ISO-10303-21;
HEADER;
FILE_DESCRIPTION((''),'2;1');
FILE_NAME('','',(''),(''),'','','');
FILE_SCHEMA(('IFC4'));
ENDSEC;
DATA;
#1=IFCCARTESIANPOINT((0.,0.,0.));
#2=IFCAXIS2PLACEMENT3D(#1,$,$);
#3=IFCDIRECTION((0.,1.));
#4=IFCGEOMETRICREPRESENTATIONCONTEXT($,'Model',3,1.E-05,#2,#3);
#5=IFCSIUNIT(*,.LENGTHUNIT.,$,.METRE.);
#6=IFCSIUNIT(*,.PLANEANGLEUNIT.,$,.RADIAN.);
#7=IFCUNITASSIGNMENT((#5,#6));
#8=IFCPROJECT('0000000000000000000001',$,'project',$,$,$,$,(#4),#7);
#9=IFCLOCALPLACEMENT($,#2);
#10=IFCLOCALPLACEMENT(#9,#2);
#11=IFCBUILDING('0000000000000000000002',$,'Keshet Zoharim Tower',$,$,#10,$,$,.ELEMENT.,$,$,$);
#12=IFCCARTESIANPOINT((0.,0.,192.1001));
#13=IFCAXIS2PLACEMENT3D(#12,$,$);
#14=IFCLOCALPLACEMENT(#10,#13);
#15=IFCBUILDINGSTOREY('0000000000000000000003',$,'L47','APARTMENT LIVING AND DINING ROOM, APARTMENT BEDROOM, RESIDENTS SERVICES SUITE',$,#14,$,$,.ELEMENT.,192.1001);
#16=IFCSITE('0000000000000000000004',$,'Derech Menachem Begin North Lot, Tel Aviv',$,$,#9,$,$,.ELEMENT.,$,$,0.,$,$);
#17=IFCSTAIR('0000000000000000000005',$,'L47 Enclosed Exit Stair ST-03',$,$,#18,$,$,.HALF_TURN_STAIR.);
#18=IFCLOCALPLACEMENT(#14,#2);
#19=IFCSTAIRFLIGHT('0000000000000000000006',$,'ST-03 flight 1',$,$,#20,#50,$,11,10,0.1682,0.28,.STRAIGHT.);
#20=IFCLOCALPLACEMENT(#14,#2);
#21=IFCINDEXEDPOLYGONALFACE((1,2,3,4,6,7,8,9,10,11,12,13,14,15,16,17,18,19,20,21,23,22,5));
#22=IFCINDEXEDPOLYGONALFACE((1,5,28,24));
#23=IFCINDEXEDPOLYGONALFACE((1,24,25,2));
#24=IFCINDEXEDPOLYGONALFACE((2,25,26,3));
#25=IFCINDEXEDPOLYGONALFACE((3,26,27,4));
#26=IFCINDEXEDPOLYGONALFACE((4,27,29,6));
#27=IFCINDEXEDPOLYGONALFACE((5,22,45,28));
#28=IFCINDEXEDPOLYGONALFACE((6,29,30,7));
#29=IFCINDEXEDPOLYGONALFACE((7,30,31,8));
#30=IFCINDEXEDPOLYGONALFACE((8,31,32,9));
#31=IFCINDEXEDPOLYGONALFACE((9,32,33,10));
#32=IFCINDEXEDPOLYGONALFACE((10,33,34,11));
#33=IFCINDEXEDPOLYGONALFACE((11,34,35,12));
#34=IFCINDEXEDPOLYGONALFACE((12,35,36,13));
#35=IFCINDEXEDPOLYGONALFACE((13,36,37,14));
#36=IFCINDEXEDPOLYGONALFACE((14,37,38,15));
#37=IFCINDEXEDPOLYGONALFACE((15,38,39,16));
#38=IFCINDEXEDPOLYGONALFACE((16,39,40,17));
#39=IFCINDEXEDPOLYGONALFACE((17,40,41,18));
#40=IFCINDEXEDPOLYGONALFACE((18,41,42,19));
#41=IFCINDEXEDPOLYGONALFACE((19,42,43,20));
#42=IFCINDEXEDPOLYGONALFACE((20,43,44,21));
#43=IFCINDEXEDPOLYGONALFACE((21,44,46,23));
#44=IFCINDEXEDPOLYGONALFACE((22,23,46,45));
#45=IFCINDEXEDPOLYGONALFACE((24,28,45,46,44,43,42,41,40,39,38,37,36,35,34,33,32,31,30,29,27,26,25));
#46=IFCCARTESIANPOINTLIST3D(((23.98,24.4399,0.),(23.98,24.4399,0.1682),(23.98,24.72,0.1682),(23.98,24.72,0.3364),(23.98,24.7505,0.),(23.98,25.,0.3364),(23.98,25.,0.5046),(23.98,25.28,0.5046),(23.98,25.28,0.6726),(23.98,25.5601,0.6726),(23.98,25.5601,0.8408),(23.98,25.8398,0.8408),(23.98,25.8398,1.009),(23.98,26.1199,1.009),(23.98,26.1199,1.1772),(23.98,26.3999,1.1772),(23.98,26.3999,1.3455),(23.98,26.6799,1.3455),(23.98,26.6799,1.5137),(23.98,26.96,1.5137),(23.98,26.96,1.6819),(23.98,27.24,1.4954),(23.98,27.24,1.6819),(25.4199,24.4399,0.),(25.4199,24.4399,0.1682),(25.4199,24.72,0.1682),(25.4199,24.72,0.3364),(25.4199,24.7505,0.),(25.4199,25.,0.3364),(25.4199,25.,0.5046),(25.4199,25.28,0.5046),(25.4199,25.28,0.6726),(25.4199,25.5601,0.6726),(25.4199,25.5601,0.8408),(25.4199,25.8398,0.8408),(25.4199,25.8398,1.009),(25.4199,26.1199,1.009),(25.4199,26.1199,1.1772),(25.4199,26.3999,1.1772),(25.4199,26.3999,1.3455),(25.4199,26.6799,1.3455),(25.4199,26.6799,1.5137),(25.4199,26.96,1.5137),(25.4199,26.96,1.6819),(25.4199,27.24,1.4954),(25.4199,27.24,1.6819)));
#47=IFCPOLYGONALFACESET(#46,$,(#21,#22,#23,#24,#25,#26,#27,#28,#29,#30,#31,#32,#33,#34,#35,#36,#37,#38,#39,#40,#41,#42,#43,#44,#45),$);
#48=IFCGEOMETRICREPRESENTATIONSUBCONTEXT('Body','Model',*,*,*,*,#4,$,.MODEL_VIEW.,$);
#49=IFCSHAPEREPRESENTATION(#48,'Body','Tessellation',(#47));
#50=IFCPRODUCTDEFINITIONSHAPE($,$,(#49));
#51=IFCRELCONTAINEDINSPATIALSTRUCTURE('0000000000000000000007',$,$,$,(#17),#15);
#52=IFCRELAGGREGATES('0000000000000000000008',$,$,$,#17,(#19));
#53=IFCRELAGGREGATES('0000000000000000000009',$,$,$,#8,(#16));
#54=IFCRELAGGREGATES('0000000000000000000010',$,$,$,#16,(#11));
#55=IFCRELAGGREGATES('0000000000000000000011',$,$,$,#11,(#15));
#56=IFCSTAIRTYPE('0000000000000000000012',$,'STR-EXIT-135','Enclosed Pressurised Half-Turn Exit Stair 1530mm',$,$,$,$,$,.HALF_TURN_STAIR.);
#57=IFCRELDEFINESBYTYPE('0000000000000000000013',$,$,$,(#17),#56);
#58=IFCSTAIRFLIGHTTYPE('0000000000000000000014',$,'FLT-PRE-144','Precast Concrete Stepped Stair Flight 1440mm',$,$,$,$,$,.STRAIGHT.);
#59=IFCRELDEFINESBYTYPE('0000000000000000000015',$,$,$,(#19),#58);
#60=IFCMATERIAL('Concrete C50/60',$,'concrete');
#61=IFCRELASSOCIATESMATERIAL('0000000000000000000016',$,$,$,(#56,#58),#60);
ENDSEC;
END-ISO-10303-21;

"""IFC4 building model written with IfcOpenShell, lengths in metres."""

from ifc_helpers import new_model, si_unit, direction, frame, origin, place, context, subcontext, project, spatial, polyline, outline, extrude, material, type_object, element, aggregate, save


model = new_model("IFC4")

# Units and contexts
model_context = context("Model", 3, precision=1e-05, world=origin(), true_north=direction((0.0, 1.0)))
body_context = subcontext(model_context, "Body", "Model", "MODEL_VIEW")
ifc_project = project(units=[si_unit("LENGTHUNIT", "METRE"), si_unit("PLANEANGLEUNIT", "RADIAN")], contexts=[model_context])

# Site, building, storey
site_placement = place(None, origin())
site = spatial("IfcSite", under=ifc_project, at=site_placement, Name="Derech Menachem Begin North Lot, Tel Aviv", CompositionType="ELEMENT", RefElevation=0.0)
building_placement = place(site_placement, origin())
building = spatial("IfcBuilding", under=site, at=building_placement, Name="Keshet Zoharim Tower", CompositionType="ELEMENT")
storey_placement = place(building_placement, frame((0.0, 0.0, 192.1001)))
storey = spatial("IfcBuildingStorey", under=building, at=storey_placement, Name="L47", Description="APARTMENT LIVING AND DINING ROOM, APARTMENT BEDROOM, RESIDENTS SERVICES SUITE", CompositionType="ELEMENT", Elevation=192.1001)

# Shared definitions
ifc_material_1 = material(Name="Concrete C50/60", Category="concrete")

# Stair, stair flight
stair_type = type_object("IfcStairType", Name="STR-EXIT-135", Description="Enclosed Pressurised Half-Turn Exit Stair 1530mm", PredefinedType="HALF_TURN_STAIR", material=ifc_material_1)
stair_1_placement = place(storey_placement, origin())
stair_1 = element("IfcStair", 1, at=stair_1_placement, inside=storey, type_object=stair_type, Name="L47 Enclosed Exit Stair ST-03", PredefinedType="HALF_TURN_STAIR")
stair_flight_type_1 = type_object("IfcStairFlightType", Name="FLT-PRE-144", Description="Precast Concrete Stepped Stair Flight 1440mm", PredefinedType="STRAIGHT", material=ifc_material_1)
stair_flight_1_placement = place(storey_placement, frame((24.7, 24.4399, 0.0), z_axis=(0.0, 0.0, 1.0), x_axis=(0.0, 1.0, 0.0)))
stair_flight_1 = element("IfcStairFlight", 2, at=stair_flight_1_placement, type_object=stair_flight_type_1, Name="ST-03 flight 1", NumberOfRisers=11, NumberOfTreads=10, PredefinedType="STRAIGHT", RiserHeight=0.1682, TreadLength=0.28, context=body_context, shape_type="SweptSolid", body=[
    extrude(outline(polyline([(0.0, 0.0), (0.0, 0.1682), (0.28, 0.1682), (0.28, 0.3364), (0.5601, 0.3364), (0.5601, 0.5046), (0.8401, 0.5046), (0.8401, 0.6726), (1.1201, 0.6726), (1.1201, 0.8408), (1.3999, 0.8408), (1.3999, 1.009), (1.6799, 1.009), (1.6799, 1.1772), (1.96, 1.1772), (1.96, 1.3455), (2.24, 1.3455), (2.24, 1.5137), (2.52, 1.5137), (2.52, 1.6819), (2.8, 1.6819), (2.8, 1.8501), (2.8, 1.4954), (0.3105, 0.0), (0.0, 0.0)])), frame((0.0, 0.72, 0.0), z_axis=(0.0, -1.0, 0.0), x_axis=(1.0, 0.0, 0.0)), (0.0, 0.0, 1.0), 1.4399),
])
aggregate(stair_1, [stair_flight_1])

save(model, "model.ifc")
